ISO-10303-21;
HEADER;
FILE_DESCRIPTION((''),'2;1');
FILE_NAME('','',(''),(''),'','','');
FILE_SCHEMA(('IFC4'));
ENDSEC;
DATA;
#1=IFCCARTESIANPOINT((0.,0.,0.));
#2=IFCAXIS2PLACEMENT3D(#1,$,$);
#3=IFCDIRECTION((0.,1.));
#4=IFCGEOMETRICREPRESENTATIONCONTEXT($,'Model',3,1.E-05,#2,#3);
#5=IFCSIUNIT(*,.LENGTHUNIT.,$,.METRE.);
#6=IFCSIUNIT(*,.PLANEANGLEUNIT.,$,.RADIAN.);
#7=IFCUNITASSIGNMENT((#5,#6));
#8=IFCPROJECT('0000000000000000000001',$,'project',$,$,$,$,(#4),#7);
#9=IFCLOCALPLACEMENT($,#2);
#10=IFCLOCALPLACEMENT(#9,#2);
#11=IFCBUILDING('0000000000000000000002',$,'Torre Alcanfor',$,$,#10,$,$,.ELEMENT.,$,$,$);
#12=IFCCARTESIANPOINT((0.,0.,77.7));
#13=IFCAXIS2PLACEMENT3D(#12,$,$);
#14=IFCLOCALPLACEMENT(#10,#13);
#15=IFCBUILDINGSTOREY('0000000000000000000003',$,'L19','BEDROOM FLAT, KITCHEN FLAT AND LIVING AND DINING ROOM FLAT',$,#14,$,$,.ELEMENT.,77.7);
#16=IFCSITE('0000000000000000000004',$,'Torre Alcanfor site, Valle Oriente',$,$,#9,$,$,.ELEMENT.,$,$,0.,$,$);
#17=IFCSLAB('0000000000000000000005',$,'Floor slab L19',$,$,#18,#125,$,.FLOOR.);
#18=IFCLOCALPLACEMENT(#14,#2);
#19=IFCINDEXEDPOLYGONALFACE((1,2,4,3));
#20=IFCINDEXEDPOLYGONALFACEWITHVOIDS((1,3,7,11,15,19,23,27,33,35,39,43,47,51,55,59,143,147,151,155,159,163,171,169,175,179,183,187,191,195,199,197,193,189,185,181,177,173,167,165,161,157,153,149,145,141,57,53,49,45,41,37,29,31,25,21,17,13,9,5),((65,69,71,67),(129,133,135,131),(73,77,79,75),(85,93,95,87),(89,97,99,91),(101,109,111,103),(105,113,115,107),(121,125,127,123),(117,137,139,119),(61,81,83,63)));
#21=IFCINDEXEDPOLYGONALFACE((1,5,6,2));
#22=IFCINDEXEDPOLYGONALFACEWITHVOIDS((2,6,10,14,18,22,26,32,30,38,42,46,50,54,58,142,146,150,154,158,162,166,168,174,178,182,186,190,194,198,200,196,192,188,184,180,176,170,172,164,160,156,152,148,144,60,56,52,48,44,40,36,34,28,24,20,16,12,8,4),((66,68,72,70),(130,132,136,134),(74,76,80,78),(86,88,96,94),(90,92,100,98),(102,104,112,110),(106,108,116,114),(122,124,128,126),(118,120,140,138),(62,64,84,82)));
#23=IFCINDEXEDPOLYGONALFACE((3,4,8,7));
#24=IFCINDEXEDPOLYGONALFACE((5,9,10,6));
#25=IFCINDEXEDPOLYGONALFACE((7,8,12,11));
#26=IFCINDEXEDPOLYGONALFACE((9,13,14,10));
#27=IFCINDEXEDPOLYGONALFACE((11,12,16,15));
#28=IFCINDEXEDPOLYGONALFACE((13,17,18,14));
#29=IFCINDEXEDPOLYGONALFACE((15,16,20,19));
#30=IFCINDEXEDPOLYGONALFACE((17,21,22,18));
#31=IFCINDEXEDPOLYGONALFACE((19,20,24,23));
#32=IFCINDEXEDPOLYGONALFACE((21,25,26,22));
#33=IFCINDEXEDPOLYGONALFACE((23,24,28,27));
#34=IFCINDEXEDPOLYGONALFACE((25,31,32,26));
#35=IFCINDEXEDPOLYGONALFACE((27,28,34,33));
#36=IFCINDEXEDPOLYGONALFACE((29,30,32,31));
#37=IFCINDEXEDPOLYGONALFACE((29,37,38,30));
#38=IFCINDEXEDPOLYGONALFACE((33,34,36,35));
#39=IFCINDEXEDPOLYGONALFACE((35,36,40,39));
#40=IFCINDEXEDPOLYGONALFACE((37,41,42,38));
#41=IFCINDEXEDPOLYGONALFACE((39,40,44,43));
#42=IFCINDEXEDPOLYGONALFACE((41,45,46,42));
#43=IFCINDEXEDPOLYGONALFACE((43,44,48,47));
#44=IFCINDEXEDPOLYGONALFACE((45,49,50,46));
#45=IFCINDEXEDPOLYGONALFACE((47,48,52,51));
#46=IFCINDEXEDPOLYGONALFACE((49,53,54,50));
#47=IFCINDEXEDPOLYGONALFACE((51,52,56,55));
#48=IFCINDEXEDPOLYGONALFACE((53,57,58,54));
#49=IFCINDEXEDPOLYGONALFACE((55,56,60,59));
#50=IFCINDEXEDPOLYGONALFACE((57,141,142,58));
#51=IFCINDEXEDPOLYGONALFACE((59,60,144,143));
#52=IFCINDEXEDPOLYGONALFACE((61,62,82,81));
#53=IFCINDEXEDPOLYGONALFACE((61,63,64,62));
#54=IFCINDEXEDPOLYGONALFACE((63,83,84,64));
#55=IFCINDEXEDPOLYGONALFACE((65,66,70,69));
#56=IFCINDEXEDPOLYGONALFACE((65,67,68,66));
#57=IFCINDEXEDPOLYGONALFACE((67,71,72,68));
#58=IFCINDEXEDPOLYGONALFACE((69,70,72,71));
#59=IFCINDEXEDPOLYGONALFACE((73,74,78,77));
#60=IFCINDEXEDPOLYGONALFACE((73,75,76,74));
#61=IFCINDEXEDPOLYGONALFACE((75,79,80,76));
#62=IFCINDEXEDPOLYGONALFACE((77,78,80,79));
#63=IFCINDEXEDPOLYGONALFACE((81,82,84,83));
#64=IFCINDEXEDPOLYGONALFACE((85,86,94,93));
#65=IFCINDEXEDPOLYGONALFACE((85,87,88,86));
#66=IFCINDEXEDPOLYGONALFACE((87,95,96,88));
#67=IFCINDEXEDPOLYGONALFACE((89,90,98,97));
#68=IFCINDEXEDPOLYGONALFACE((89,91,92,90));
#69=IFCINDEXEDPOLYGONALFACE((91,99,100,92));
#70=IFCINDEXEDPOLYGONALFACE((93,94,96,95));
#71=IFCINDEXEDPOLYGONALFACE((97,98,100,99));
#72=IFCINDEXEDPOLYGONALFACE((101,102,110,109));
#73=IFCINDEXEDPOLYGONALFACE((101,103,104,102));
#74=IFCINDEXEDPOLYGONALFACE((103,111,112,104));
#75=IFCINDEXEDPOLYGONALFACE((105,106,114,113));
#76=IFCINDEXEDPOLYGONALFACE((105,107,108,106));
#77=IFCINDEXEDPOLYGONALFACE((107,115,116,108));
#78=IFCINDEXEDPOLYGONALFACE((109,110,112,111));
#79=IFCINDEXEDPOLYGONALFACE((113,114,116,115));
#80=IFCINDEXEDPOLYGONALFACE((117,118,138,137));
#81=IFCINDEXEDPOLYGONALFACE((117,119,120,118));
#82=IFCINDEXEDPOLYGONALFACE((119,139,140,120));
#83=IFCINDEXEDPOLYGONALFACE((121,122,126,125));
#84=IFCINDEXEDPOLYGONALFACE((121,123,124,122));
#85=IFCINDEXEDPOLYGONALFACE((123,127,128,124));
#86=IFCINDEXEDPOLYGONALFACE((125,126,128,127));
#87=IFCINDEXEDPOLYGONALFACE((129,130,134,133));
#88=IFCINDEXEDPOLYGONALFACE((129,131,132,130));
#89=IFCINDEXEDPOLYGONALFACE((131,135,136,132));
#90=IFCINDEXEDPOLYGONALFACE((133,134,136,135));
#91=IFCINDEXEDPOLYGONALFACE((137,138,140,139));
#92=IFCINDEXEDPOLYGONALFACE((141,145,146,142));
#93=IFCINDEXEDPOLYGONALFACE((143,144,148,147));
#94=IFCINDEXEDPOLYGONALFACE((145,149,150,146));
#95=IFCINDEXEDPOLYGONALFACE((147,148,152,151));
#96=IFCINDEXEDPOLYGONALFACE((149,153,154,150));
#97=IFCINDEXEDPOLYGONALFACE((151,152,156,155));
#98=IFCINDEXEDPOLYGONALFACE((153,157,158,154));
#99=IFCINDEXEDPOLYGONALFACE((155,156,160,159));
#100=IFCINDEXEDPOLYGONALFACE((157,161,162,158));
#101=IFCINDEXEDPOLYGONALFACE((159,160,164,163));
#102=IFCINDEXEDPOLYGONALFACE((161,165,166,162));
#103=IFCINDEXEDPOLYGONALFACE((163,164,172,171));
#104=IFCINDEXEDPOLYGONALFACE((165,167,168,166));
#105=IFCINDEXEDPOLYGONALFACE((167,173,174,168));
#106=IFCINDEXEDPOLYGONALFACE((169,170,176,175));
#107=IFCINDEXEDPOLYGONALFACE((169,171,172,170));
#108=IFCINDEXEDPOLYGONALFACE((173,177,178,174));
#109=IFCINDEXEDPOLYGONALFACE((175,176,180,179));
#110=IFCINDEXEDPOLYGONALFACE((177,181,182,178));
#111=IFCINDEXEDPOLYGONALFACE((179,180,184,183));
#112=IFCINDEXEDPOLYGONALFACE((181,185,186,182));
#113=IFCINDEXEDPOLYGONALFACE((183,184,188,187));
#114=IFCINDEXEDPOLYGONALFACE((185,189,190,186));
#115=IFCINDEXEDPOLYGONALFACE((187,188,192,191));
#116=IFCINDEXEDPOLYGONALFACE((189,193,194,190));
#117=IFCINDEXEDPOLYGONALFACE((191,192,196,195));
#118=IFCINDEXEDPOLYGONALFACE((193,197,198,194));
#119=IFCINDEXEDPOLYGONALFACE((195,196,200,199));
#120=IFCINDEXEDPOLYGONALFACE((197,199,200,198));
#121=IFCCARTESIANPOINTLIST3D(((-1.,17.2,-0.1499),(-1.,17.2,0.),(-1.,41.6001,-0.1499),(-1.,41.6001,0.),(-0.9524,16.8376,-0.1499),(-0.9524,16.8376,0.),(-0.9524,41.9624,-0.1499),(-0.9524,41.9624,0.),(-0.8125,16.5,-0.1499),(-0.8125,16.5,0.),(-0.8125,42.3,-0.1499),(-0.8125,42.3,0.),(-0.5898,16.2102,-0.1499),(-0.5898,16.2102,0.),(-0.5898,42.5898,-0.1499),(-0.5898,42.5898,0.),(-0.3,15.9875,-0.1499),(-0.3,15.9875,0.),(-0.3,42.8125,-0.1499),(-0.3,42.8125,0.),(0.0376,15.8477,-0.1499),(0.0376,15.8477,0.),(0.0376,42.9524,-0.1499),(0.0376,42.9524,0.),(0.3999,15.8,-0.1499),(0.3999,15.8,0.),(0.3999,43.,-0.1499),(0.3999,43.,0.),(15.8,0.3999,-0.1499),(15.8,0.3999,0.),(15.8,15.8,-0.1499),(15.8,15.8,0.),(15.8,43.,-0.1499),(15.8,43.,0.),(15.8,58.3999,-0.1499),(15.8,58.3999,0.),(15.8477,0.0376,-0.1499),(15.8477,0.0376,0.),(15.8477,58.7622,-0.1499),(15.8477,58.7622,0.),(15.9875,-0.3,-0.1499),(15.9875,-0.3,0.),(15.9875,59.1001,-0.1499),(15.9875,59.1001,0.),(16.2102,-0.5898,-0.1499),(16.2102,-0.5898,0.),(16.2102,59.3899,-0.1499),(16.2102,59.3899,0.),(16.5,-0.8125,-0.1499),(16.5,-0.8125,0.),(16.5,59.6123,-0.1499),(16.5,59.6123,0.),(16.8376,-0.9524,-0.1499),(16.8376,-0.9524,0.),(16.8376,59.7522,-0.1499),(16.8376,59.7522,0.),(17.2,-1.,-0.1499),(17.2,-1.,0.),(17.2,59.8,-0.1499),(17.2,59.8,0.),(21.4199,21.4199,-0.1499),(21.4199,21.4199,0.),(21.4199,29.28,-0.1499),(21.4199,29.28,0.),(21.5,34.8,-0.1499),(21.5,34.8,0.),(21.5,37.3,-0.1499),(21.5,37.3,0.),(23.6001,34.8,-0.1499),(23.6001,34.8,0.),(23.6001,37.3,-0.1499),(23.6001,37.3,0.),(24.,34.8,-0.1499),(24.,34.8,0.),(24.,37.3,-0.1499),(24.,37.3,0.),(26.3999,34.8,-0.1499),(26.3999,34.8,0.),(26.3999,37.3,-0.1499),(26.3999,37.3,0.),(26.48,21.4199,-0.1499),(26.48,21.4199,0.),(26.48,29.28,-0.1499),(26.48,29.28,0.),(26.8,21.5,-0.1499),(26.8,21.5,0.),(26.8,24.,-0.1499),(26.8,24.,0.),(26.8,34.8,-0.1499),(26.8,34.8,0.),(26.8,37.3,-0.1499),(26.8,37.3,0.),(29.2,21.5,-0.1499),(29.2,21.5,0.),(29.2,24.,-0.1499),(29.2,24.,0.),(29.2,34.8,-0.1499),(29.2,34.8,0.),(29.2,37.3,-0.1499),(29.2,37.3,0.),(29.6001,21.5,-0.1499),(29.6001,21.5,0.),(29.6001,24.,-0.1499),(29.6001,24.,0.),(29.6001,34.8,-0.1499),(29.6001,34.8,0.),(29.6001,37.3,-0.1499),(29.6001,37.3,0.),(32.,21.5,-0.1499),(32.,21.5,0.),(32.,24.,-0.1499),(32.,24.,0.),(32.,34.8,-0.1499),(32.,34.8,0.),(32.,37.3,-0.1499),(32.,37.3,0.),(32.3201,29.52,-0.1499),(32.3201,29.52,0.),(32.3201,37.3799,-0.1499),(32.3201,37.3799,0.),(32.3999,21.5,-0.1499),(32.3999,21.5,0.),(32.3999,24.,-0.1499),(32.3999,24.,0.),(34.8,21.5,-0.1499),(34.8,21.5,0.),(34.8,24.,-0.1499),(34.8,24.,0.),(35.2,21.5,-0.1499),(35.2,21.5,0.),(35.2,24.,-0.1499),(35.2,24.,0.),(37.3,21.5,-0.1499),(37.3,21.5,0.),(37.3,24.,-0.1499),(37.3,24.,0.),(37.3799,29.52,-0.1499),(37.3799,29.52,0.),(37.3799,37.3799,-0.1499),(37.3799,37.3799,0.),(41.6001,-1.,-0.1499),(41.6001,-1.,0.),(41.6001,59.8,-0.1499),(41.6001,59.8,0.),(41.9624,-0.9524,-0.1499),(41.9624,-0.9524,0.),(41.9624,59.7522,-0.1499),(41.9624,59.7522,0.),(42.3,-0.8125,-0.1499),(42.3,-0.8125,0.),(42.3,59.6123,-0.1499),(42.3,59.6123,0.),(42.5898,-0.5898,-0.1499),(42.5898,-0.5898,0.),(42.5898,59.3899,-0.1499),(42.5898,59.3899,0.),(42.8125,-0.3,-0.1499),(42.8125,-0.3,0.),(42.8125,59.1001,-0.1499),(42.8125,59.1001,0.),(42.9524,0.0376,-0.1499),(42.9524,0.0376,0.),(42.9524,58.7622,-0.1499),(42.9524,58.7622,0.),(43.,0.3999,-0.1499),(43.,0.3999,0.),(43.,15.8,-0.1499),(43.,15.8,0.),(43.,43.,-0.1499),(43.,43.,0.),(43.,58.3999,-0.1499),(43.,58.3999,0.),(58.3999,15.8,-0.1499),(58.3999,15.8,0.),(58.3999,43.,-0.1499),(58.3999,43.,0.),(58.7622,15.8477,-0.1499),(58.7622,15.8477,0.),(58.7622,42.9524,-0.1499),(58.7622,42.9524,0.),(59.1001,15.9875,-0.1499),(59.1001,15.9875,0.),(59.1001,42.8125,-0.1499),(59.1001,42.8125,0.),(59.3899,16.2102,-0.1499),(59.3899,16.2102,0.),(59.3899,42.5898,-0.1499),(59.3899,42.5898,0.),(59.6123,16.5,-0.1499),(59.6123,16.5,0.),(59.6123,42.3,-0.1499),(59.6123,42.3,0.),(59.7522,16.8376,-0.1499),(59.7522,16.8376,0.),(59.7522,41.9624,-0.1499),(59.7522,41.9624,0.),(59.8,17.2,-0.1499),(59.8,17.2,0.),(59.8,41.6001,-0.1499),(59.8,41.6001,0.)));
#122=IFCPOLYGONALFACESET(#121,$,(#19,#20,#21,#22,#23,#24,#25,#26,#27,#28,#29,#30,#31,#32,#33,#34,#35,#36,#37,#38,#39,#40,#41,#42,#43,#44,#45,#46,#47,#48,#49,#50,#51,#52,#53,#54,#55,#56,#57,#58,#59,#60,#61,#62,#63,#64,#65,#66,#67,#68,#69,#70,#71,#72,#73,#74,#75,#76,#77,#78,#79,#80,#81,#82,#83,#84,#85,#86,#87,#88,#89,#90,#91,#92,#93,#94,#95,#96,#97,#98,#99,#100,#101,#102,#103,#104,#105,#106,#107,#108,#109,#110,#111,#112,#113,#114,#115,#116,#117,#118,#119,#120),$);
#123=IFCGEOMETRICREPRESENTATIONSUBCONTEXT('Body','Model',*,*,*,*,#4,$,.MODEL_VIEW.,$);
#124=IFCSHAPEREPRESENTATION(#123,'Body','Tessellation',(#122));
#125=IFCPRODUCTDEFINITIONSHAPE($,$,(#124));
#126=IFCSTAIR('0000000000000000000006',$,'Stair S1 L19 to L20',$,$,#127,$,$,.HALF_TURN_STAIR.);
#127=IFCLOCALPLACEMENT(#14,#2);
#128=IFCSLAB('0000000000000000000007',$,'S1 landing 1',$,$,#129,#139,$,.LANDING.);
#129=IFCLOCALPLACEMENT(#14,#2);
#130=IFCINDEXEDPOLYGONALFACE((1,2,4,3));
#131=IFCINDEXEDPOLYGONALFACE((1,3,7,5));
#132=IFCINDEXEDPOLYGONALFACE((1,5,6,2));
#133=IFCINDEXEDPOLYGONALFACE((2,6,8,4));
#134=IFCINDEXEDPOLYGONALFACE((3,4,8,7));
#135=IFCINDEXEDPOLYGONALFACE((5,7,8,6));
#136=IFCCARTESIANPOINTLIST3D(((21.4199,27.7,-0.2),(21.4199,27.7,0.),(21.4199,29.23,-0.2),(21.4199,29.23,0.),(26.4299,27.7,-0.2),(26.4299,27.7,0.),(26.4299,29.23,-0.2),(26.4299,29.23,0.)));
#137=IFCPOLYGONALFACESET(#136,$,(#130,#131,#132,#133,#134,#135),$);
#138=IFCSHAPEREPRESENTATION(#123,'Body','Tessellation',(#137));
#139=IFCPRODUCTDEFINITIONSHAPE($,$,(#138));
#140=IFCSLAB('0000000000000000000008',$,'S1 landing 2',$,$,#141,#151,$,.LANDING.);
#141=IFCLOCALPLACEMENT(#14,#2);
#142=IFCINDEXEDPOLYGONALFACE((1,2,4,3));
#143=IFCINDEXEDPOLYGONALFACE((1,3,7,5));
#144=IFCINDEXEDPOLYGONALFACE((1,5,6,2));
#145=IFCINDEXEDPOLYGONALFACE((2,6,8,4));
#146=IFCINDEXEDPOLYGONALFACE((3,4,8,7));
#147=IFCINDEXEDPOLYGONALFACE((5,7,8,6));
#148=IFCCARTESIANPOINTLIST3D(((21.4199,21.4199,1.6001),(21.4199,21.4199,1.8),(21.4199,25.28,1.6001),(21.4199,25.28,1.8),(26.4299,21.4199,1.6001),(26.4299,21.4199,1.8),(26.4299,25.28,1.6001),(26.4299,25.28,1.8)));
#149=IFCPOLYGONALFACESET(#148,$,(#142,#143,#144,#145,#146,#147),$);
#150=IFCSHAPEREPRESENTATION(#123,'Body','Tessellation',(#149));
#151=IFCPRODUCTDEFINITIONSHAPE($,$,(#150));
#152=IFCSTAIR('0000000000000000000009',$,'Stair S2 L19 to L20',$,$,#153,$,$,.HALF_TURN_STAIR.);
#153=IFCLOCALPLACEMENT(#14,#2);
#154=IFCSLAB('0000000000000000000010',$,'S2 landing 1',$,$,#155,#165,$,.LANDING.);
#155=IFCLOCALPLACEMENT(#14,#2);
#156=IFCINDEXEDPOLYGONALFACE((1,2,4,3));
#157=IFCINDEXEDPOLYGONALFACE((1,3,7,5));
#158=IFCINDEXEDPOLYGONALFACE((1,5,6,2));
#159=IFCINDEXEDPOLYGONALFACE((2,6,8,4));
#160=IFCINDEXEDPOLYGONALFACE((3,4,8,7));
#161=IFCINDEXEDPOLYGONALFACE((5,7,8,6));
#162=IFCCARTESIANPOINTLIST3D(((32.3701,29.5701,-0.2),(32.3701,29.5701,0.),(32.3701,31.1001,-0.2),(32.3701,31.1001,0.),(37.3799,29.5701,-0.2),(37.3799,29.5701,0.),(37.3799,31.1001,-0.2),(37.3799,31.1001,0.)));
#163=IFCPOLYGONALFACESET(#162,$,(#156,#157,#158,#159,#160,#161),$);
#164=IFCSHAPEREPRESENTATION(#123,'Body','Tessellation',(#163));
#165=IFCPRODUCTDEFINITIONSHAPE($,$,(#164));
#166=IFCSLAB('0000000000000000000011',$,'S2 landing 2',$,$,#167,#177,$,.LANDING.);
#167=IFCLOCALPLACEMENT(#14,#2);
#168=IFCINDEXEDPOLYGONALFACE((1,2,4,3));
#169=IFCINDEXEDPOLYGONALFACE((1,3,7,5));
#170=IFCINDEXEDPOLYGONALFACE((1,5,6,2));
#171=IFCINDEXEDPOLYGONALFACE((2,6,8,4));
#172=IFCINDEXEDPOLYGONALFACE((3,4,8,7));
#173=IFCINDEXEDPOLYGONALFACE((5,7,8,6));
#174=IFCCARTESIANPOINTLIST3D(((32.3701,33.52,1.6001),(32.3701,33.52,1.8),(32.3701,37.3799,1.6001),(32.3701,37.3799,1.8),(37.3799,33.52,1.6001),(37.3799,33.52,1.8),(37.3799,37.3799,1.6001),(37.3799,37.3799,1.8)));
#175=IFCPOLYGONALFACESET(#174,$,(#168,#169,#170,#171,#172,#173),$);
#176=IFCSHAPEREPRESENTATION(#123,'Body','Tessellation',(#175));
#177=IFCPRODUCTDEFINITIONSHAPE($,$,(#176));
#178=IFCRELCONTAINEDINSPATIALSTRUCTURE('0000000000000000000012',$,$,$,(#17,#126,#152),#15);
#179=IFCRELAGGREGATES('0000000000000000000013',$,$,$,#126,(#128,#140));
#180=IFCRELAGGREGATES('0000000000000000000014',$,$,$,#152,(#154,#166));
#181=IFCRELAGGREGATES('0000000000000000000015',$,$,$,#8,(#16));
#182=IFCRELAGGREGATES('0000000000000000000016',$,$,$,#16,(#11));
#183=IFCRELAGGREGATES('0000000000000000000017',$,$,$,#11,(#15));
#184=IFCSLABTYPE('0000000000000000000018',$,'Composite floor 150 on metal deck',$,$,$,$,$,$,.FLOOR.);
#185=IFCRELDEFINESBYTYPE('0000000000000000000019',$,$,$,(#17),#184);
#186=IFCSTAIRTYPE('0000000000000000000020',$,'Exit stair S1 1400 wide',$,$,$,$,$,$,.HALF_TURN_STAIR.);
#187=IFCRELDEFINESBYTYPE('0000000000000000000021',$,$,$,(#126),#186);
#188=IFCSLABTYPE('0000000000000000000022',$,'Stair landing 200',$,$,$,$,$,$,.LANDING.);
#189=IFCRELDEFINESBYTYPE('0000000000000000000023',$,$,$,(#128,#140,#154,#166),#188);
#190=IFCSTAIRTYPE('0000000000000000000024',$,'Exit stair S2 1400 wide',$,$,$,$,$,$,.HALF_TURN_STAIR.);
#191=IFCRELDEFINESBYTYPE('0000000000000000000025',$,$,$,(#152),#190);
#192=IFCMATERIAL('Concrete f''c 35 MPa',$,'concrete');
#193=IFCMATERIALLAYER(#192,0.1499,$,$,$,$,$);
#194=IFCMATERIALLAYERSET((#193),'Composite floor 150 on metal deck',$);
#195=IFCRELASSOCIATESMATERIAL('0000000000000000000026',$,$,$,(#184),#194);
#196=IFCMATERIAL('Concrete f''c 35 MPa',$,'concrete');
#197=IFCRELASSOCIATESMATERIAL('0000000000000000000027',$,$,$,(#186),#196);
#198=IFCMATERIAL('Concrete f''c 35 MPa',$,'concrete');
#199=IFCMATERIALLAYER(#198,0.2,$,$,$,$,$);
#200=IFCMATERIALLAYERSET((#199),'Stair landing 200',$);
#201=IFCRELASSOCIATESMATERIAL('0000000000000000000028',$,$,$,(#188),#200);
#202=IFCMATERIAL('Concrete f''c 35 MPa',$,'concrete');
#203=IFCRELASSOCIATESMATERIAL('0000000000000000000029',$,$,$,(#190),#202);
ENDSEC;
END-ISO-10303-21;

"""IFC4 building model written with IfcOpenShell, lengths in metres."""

from ifc_helpers import new_model, si_unit, direction, frame, origin, place, context, subcontext, project, spatial, polyline, outline, extrude, material, layer, layer_set, type_object, element, aggregate, save


model = new_model("IFC4")

# Units and contexts
model_context = context("Model", 3, precision=1e-05, world=origin(), true_north=direction((0.0, 1.0)))
body_context = subcontext(model_context, "Body", "Model", "MODEL_VIEW")
ifc_project = project(units=[si_unit("LENGTHUNIT", "METRE"), si_unit("PLANEANGLEUNIT", "RADIAN")], contexts=[model_context])

# Site, building, storey
site_placement = place(None, origin())
site = spatial("IfcSite", under=ifc_project, at=site_placement, Name="Torre Alcanfor site, Valle Oriente", CompositionType="ELEMENT", RefElevation=0.0)
building_placement = place(site_placement, origin())
building = spatial("IfcBuilding", under=site, at=building_placement, Name="Torre Alcanfor", CompositionType="ELEMENT")
storey_placement = place(building_placement, frame((0.0, 0.0, 77.7)))
storey = spatial("IfcBuildingStorey", under=building, at=storey_placement, Name="L19", Description="BEDROOM FLAT, KITCHEN FLAT AND LIVING AND DINING ROOM FLAT", CompositionType="ELEMENT", Elevation=77.7)

# Slab
ifc_material_1 = material(Name="Concrete f'c 35 MPa", Category="concrete")
ifc_layer_1 = layer(ifc_material_1, 0.1499)
ifc_layer_set_1 = layer_set([ifc_layer_1], Name="Composite floor 150 on metal deck")
slab_type_1 = type_object("IfcSlabType", Name="Composite floor 150 on metal deck", PredefinedType="FLOOR", material=ifc_layer_set_1)
slab_1_placement = place(storey_placement, frame((0.0, 0.0, -0.1499)))
element("IfcSlab", 1, at=slab_1_placement, inside=storey, type_object=slab_type_1, Name="Floor slab L19", PredefinedType="FLOOR", context=body_context, shape_type="SweptSolid", body=[
    extrude(outline(polyline([(15.8, 43.0), (0.3999, 43.0), (0.0376, 42.9524), (-0.3, 42.8125), (-0.5898, 42.5898), (-0.8125, 42.3), (-0.9524, 41.9624), (-1.0, 41.6001), (-1.0, 17.2), (-0.9524, 16.8376), (-0.8125, 16.5), (-0.5898, 16.2102), (-0.3, 15.9875), (0.0376, 15.8477), (0.3999, 15.8), (15.8, 15.8), (15.8, 0.3999), (15.8477, 0.0376), (15.9875, -0.3), (16.2102, -0.5898), (16.5, -0.8125), (16.8376, -0.9524), (17.2, -1.0), (41.6001, -1.0), (41.9624, -0.9524), (42.3, -0.8125), (42.5898, -0.5898), (42.8125, -0.3), (42.9524, 0.0376), (43.0, 0.3999), (43.0, 15.8), (58.3999, 15.8), (58.7622, 15.8477), (59.1001, 15.9875), (59.3899, 16.2102), (59.6123, 16.5), (59.7522, 16.8376), (59.8, 17.2), (59.8, 41.6001), (59.7522, 41.9624), (59.6123, 42.3), (59.3899, 42.5898), (59.1001, 42.8125), (58.7622, 42.9524), (58.3999, 43.0), (43.0, 43.0), (43.0, 58.3999), (42.9524, 58.7622), (42.8125, 59.1001), (42.5898, 59.3899), (42.3, 59.6123), (41.9624, 59.7522), (41.6001, 59.8), (17.2, 59.8), (16.8376, 59.7522), (16.5, 59.6123), (16.2102, 59.3899), (15.9875, 59.1001), (15.8477, 58.7622), (15.8, 58.3999), (15.8, 43.0)]), holes=[polyline([(21.4199, 21.4199), (26.48, 21.4199), (26.48, 29.28), (21.4199, 29.28), (21.4199, 21.4199)]), polyline([(32.3201, 29.52), (37.3799, 29.52), (37.3799, 37.3799), (32.3201, 37.3799), (32.3201, 29.52)]), polyline([(26.8, 21.5), (29.2, 21.5), (29.2, 24.0), (26.8, 24.0), (26.8, 21.5)]), polyline([(29.6001, 21.5), (32.0, 21.5), (32.0, 24.0), (29.6001, 24.0), (29.6001, 21.5)]), polyline([(32.3999, 21.5), (34.8, 21.5), (34.8, 24.0), (32.3999, 24.0), (32.3999, 21.5)]), polyline([(35.2, 21.5), (37.3, 21.5), (37.3, 24.0), (35.2, 24.0), (35.2, 21.5)]), polyline([(21.5, 34.8), (23.6001, 34.8), (23.6001, 37.3), (21.5, 37.3), (21.5, 34.8)]), polyline([(24.0, 34.8), (26.3999, 34.8), (26.3999, 37.3), (24.0, 37.3), (24.0, 34.8)]), polyline([(26.8, 34.8), (29.2, 34.8), (29.2, 37.3), (26.8, 37.3), (26.8, 34.8)]), polyline([(29.6001, 34.8), (32.0, 34.8), (32.0, 37.3), (29.6001, 37.3), (29.6001, 34.8)])]), origin(), (0.0, 0.0, 1.0), 0.1499),
])

# Stairs, slabs
ifc_material_2 = material(Name="Concrete f'c 35 MPa", Category="concrete")
stair_type_1 = type_object("IfcStairType", Name="Exit stair S1 1400 wide", PredefinedType="HALF_TURN_STAIR", material=ifc_material_2)
stair_1_placement = place(storey_placement, origin())
stair_1 = element("IfcStair", 2, at=stair_1_placement, inside=storey, type_object=stair_type_1, Name="Stair S1 L19 to L20", PredefinedType="HALF_TURN_STAIR")
ifc_material_3 = material(Name="Concrete f'c 35 MPa", Category="concrete")
ifc_layer_2 = layer(ifc_material_3, 0.2)
ifc_layer_set_2 = layer_set([ifc_layer_2], Name="Stair landing 200")
slab_type_2 = type_object("IfcSlabType", Name="Stair landing 200", PredefinedType="LANDING", material=ifc_layer_set_2)
slab_2_placement = place(storey_placement, frame((0.0, 0.0, -0.2)))
slab_2 = element("IfcSlab", 3, at=slab_2_placement, type_object=slab_type_2, Name="S1 landing 1", PredefinedType="LANDING", context=body_context, shape_type="SweptSolid", body=[
    extrude(outline(polyline([(21.4199, 27.7), (26.4299, 27.7), (26.4299, 29.23), (21.4199, 29.23), (21.4199, 27.7)])), origin(), (0.0, 0.0, 1.0), 0.2),
])
slab_3_placement = place(storey_placement, frame((0.0, 0.0, 1.6001)))
slab_3 = element("IfcSlab", 4, at=slab_3_placement, type_object=slab_type_2, Name="S1 landing 2", PredefinedType="LANDING", context=body_context, shape_type="SweptSolid", body=[
    extrude(outline(polyline([(21.4199, 21.4199), (26.4299, 21.4199), (26.4299, 25.28), (21.4199, 25.28), (21.4199, 21.4199)])), origin(), (0.0, 0.0, 1.0), 0.2),
])
aggregate(stair_1, [slab_2, slab_3])
ifc_material_4 = material(Name="Concrete f'c 35 MPa", Category="concrete")
stair_type_2 = type_object("IfcStairType", Name="Exit stair S2 1400 wide", PredefinedType="HALF_TURN_STAIR", material=ifc_material_4)
stair_2_placement = place(storey_placement, origin())
stair_2 = element("IfcStair", 5, at=stair_2_placement, inside=storey, type_object=stair_type_2, Name="Stair S2 L19 to L20", PredefinedType="HALF_TURN_STAIR")
slab_4_placement = place(storey_placement, frame((0.0, 0.0, -0.2)))
slab_4 = element("IfcSlab", 6, at=slab_4_placement, type_object=slab_type_2, Name="S2 landing 1", PredefinedType="LANDING", context=body_context, shape_type="SweptSolid", body=[
    extrude(outline(polyline([(32.3701, 29.5701), (37.3799, 29.5701), (37.3799, 31.1001), (32.3701, 31.1001), (32.3701, 29.5701)])), origin(), (0.0, 0.0, 1.0), 0.2),
])
slab_5_placement = place(storey_placement, frame((0.0, 0.0, 1.6001)))
slab_5 = element("IfcSlab", 7, at=slab_5_placement, type_object=slab_type_2, Name="S2 landing 2", PredefinedType="LANDING", context=body_context, shape_type="SweptSolid", body=[
    extrude(outline(polyline([(32.3701, 33.52), (37.3799, 33.52), (37.3799, 37.3799), (32.3701, 37.3799), (32.3701, 33.52)])), origin(), (0.0, 0.0, 1.0), 0.2),
])
aggregate(stair_2, [slab_4, slab_5])

save(model, "model.ifc")
